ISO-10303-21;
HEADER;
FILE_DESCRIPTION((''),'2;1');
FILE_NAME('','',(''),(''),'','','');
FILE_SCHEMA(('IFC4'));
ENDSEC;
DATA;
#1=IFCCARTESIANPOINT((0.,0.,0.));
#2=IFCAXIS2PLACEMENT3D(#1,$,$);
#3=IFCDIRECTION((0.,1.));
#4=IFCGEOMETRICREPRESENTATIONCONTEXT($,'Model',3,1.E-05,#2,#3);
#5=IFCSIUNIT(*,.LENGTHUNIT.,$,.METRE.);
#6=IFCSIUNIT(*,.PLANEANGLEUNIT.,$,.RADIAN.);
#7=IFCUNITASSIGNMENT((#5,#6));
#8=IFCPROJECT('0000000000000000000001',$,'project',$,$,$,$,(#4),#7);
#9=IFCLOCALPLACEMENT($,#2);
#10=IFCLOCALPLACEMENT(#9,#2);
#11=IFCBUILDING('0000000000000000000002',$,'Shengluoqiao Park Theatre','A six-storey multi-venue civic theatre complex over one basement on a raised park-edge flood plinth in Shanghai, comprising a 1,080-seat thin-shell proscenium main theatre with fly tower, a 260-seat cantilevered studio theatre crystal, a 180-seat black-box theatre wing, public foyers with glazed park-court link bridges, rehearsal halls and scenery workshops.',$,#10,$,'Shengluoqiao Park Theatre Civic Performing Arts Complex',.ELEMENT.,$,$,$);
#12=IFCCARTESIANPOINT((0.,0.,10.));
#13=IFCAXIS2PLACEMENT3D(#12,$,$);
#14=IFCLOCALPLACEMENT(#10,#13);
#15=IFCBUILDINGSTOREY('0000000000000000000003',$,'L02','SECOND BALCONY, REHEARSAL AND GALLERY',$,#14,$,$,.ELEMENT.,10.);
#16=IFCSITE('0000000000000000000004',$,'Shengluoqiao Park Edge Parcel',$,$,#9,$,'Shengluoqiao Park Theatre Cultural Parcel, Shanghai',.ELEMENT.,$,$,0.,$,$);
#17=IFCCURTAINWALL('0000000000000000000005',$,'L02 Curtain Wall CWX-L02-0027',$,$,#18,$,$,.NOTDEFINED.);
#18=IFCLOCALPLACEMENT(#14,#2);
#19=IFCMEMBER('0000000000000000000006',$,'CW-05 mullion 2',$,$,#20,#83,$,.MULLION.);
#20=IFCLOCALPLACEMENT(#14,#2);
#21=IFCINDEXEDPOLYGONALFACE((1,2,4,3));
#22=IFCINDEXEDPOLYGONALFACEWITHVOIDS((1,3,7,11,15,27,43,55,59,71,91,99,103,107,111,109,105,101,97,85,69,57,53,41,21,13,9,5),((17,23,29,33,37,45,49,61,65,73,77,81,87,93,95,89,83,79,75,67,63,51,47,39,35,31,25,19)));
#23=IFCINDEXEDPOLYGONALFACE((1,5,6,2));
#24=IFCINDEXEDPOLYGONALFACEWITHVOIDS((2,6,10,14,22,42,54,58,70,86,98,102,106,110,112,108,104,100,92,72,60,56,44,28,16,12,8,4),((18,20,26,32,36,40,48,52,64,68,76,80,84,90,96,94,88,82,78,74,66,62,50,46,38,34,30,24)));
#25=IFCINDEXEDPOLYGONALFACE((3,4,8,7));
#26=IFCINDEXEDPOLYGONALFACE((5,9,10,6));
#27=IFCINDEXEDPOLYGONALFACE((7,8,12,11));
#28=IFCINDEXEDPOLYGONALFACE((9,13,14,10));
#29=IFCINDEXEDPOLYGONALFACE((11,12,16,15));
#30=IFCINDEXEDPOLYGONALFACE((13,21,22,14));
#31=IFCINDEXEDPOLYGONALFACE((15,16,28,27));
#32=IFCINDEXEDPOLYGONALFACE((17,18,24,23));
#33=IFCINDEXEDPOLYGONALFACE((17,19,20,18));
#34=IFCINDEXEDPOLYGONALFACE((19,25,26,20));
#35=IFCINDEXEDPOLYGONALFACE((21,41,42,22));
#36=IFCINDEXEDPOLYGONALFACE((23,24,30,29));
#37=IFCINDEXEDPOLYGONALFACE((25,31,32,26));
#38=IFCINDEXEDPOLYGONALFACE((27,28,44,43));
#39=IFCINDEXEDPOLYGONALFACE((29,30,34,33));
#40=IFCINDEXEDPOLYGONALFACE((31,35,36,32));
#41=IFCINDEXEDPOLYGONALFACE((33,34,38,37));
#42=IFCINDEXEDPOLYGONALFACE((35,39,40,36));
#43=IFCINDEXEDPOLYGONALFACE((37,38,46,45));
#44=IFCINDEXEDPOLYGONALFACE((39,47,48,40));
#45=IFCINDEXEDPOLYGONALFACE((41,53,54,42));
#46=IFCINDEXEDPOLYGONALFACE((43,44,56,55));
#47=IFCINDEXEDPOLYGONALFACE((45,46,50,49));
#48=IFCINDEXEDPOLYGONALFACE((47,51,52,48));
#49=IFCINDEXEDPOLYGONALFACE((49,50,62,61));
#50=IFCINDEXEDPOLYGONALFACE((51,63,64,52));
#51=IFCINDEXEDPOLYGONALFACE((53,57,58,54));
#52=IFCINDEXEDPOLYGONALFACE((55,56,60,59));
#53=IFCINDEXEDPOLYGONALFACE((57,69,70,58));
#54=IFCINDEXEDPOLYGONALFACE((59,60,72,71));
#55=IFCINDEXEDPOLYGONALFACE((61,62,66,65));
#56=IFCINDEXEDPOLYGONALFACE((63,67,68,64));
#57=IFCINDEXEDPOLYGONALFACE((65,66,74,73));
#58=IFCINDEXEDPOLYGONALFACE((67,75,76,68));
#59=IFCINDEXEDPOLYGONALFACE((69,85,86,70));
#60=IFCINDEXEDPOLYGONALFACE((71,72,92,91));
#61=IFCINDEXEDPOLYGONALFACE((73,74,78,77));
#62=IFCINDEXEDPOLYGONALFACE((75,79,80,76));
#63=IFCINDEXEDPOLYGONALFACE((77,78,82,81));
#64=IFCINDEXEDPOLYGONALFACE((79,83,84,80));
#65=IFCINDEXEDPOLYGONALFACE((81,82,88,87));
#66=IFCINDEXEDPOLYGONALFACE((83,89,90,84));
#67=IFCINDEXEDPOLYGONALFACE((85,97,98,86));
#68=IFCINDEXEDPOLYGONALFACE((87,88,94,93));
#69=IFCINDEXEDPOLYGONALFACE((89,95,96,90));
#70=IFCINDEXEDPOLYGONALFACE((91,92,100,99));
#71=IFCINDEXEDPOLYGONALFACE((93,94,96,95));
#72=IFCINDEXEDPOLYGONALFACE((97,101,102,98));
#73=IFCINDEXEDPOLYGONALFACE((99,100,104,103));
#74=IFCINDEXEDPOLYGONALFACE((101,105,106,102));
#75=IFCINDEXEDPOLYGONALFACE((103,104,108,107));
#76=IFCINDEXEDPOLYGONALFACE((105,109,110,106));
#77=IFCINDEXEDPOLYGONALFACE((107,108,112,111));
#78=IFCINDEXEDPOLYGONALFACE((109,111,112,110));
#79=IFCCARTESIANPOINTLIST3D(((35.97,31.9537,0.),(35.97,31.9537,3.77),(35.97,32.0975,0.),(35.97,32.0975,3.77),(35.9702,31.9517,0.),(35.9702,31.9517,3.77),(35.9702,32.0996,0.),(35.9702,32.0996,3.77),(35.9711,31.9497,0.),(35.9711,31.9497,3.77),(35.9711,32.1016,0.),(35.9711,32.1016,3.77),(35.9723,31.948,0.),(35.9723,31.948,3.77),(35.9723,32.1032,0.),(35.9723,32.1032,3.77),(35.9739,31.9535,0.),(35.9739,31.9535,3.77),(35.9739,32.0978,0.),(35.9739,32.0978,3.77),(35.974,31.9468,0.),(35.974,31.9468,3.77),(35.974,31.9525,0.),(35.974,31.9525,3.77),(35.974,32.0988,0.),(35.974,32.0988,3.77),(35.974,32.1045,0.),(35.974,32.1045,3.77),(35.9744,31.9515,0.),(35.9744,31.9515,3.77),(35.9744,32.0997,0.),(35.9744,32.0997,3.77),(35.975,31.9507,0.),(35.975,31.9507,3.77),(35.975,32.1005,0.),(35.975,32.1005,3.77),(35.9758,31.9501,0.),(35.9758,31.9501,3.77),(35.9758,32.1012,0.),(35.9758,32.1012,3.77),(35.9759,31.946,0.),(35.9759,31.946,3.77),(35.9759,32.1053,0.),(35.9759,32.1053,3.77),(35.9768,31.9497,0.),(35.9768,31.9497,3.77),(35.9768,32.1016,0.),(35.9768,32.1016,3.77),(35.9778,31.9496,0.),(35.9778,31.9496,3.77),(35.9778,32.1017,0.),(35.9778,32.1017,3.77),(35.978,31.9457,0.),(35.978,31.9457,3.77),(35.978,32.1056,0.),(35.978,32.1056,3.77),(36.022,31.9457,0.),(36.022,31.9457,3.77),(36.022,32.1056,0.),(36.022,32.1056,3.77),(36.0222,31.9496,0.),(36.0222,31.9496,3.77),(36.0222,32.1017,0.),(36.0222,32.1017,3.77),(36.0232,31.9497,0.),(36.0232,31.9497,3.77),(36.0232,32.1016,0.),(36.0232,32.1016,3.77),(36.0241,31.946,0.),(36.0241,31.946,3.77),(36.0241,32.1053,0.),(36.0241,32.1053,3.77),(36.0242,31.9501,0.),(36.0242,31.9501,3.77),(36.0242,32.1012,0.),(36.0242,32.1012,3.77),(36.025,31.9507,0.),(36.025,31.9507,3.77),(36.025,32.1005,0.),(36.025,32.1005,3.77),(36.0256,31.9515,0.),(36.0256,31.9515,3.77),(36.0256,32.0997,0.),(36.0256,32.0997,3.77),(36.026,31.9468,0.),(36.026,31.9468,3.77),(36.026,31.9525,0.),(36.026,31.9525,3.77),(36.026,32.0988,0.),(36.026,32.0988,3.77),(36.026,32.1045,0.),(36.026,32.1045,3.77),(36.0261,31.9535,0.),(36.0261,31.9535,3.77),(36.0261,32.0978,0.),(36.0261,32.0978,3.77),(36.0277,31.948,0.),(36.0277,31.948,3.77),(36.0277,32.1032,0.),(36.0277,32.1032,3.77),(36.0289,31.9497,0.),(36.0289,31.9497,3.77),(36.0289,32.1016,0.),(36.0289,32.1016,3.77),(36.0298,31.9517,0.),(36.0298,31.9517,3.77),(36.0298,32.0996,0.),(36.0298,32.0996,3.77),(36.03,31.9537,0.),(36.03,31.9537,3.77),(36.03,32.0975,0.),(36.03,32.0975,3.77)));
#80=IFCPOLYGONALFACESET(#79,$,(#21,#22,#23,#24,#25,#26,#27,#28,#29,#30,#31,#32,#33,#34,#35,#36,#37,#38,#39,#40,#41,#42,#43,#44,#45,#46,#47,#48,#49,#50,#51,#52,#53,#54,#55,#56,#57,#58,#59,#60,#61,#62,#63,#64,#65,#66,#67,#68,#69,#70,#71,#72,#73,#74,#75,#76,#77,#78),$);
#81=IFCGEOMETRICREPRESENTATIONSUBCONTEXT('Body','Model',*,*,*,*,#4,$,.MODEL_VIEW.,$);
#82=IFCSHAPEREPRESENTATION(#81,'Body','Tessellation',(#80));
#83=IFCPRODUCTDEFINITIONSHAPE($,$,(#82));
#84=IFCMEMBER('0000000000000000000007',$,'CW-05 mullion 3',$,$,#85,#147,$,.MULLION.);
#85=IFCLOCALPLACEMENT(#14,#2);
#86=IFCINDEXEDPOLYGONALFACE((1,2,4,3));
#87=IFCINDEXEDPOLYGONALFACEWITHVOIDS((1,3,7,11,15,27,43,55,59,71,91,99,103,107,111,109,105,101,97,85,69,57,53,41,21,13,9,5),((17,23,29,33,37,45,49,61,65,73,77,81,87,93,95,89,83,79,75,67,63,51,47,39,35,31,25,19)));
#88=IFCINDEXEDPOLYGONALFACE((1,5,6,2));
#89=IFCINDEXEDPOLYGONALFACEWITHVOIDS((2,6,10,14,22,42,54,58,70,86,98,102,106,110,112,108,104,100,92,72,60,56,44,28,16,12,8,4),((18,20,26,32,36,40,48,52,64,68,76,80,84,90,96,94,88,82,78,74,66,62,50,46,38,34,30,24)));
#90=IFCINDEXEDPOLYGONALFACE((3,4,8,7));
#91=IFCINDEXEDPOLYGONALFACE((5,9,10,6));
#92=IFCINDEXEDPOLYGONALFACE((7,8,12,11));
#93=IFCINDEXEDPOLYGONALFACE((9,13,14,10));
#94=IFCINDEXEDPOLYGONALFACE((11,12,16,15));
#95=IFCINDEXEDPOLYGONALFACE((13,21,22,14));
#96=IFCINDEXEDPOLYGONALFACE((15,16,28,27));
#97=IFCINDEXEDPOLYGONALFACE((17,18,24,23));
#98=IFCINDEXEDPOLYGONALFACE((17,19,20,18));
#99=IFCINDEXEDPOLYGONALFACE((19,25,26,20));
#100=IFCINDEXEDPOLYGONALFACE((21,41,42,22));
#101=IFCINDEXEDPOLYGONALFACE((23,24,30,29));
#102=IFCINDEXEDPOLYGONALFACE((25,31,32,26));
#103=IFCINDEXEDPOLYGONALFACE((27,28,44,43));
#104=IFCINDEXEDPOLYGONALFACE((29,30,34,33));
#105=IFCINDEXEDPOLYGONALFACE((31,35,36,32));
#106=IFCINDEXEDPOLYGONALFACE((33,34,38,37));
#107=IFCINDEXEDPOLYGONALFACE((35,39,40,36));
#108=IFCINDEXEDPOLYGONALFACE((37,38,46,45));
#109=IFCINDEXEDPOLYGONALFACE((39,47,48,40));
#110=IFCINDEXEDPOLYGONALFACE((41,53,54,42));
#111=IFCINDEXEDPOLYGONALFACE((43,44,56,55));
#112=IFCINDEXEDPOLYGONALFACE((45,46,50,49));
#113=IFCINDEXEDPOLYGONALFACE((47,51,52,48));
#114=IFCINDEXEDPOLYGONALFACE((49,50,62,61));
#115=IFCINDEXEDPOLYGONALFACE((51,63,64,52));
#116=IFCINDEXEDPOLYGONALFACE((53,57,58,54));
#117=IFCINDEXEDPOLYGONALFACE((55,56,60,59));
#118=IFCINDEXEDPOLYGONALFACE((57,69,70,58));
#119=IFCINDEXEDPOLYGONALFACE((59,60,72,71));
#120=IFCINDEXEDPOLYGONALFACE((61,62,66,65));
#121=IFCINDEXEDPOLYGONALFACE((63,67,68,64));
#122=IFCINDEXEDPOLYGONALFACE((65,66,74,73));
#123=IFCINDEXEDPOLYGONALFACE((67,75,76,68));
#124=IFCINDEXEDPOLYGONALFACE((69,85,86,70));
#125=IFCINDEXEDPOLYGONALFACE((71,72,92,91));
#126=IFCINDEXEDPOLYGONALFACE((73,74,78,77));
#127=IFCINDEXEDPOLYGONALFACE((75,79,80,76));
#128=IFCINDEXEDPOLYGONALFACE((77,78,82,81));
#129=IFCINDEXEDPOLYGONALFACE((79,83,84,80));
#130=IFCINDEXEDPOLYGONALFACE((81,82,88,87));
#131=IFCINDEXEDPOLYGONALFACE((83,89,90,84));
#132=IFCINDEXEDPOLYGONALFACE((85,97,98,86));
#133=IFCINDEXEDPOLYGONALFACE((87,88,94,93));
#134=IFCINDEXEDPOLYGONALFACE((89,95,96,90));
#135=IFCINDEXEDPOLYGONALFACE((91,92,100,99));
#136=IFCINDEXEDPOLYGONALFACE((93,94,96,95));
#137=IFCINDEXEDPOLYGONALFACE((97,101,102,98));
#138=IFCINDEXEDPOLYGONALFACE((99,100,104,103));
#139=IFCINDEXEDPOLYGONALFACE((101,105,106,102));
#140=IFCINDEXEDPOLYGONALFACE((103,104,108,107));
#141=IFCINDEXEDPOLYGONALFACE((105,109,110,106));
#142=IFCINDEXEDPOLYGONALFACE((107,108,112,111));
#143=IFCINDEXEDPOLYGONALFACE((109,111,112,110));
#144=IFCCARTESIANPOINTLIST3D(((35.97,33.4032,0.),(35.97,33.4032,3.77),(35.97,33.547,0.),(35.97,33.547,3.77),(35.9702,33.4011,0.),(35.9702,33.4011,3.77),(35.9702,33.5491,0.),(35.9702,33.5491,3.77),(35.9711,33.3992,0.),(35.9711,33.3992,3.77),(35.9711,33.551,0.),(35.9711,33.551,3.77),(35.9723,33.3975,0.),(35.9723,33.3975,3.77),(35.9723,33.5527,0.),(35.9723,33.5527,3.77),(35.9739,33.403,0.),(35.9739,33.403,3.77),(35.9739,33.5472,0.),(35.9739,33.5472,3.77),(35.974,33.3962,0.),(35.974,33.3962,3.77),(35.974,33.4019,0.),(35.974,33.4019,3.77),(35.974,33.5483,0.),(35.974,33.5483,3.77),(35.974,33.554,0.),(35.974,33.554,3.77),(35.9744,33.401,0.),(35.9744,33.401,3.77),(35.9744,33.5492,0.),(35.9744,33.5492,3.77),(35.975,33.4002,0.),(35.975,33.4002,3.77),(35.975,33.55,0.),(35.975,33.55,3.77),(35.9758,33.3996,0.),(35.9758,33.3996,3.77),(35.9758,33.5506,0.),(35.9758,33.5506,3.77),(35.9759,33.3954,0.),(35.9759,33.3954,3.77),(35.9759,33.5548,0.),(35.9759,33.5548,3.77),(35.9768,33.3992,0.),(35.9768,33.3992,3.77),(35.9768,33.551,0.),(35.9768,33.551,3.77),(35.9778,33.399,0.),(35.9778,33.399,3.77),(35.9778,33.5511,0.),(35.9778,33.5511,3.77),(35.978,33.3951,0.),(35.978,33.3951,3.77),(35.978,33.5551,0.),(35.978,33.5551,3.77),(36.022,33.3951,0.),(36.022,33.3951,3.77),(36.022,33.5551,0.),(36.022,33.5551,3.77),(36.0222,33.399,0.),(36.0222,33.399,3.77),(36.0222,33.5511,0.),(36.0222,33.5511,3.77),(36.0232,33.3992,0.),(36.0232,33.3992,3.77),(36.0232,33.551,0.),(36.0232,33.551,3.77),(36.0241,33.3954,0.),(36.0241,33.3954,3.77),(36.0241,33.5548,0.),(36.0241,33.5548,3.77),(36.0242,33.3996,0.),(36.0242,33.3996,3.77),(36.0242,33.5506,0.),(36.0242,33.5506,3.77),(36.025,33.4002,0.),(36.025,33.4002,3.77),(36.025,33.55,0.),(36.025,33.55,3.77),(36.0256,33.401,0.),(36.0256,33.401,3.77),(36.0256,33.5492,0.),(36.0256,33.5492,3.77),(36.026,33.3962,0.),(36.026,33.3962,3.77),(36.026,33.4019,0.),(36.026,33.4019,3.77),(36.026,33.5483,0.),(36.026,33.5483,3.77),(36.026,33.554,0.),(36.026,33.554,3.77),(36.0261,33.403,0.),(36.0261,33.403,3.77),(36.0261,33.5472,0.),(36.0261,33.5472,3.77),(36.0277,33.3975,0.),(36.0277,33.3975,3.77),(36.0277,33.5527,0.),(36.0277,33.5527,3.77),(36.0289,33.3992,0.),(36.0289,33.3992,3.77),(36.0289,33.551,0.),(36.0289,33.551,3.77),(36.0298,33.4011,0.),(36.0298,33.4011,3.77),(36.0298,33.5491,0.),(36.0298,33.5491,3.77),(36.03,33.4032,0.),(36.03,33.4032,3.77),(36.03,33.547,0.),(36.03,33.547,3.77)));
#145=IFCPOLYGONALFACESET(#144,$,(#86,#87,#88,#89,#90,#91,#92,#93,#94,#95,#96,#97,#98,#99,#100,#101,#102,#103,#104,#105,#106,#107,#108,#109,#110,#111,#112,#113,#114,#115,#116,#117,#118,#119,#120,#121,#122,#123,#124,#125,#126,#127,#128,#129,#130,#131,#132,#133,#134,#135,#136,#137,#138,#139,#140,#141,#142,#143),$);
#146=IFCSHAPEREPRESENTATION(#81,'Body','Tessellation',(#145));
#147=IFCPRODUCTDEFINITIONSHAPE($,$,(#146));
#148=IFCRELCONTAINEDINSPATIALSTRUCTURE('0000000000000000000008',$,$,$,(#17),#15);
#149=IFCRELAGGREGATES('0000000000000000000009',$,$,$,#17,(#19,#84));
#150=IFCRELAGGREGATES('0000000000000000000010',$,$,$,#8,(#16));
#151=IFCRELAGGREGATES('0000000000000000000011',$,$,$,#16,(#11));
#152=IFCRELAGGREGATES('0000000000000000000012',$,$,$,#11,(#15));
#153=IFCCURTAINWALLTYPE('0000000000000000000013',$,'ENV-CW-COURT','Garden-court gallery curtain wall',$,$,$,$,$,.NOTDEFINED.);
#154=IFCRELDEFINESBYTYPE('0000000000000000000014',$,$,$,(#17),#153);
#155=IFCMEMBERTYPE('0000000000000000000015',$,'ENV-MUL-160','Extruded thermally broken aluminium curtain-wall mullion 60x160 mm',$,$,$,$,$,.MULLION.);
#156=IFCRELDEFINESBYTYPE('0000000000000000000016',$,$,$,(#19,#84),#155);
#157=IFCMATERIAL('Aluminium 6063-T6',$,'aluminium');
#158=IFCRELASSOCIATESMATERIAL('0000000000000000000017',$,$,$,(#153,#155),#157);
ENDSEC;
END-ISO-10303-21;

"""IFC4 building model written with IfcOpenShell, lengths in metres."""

from ifc_helpers import new_model, si_unit, direction, frame, origin, origin_2d, place, context, subcontext, project, spatial, hollow_rectangle, extrude, material, material_profile, profile_set, type_object, element, aggregate, save


model = new_model("IFC4")

# Units and contexts
model_context = context("Model", 3, precision=1e-05, world=origin(), true_north=direction((0.0, 1.0)))
body_context = subcontext(model_context, "Body", "Model", "MODEL_VIEW")
ifc_project = project(units=[si_unit("LENGTHUNIT", "METRE"), si_unit("PLANEANGLEUNIT", "RADIAN")], contexts=[model_context])

# Site, building, storey
site_placement = place(None, origin())
site = spatial("IfcSite", under=ifc_project, at=site_placement, Name="Shengluoqiao Park Edge Parcel", LongName="Shengluoqiao Park Theatre Cultural Parcel, Shanghai", CompositionType="ELEMENT", RefElevation=0.0)
building_placement = place(site_placement, origin())
building = spatial("IfcBuilding", under=site, at=building_placement, Name="Shengluoqiao Park Theatre", Description="A six-storey multi-venue civic theatre complex over one basement on a raised park-edge flood plinth in Shanghai, comprising a 1,080-seat thin-shell proscenium main theatre with fly tower, a 260-seat cantilevered studio theatre crystal, a 180-seat black-box theatre wing, public foyers with glazed park-court link bridges, rehearsal halls and scenery workshops.", LongName="Shengluoqiao Park Theatre Civic Performing Arts Complex", CompositionType="ELEMENT")
storey_placement = place(building_placement, frame((0.0, 0.0, 10.0)))
storey = spatial("IfcBuildingStorey", under=building, at=storey_placement, Name="L02", Description="SECOND BALCONY, REHEARSAL AND GALLERY", CompositionType="ELEMENT", Elevation=10.0)

# Curtain wall, members
ifc_material_1 = material(Name="Aluminium 6063-T6", Category="aluminium")
curtain_wall_type = type_object("IfcCurtainWallType", Name="ENV-CW-COURT", Description="Garden-court gallery curtain wall", PredefinedType="NOTDEFINED", material=ifc_material_1)
curtain_wall_placement = place(storey_placement, origin())
curtain_wall = element("IfcCurtainWall", 1, at=curtain_wall_placement, inside=storey, type_object=curtain_wall_type, Name="L02 Curtain Wall CWX-L02-0027", PredefinedType="NOTDEFINED")
ifc_material_profile_1 = material_profile(ifc_material_1, hollow_rectangle(XDim=0.0601, YDim=0.1599, WallThickness=0.0039, InnerFilletRadius=0.0039, OuterFilletRadius=0.0081, at=origin_2d()), Name="ALU MULLION 160x60x4")
ifc_profile_set_1 = profile_set([ifc_material_profile_1], Name="Aluminium 6063-T6")
member_type_1 = type_object("IfcMemberType", Name="ENV-MUL-160", Description="Extruded thermally broken aluminium curtain-wall mullion 60x160 mm", PredefinedType="MULLION", material=ifc_profile_set_1)
member_1_placement = place(storey_placement, frame((36.0, 32.0256, 0.0), z_axis=(0.0, 0.0, 1.0), x_axis=(-1.0, 0.0, 0.0)))
member_1 = element("IfcMember", 2, at=member_1_placement, type_object=member_type_1, Name="CW-05 mullion 2", PredefinedType="MULLION", context=body_context, shape_type="SweptSolid", body=[
    extrude(hollow_rectangle(XDim=0.0601, YDim=0.1599, WallThickness=0.0039, InnerFilletRadius=0.0039, OuterFilletRadius=0.0081, at=origin_2d()), origin(), (0.0, 0.0, 1.0), 3.77),
])
member_2_placement = place(storey_placement, frame((36.0, 33.4751, 0.0), z_axis=(0.0, 0.0, 1.0), x_axis=(-1.0, 0.0, 0.0)))
member_2 = element("IfcMember", 3, at=member_2_placement, type_object=member_type_1, Name="CW-05 mullion 3", PredefinedType="MULLION", context=body_context, shape_type="SweptSolid", body=[
    extrude(hollow_rectangle(XDim=0.0601, YDim=0.1599, WallThickness=0.0039, InnerFilletRadius=0.0039, OuterFilletRadius=0.0081, at=origin_2d()), origin(), (0.0, 0.0, 1.0), 3.77),
])
aggregate(curtain_wall, [member_1, member_2])

save(model, "model.ifc")
